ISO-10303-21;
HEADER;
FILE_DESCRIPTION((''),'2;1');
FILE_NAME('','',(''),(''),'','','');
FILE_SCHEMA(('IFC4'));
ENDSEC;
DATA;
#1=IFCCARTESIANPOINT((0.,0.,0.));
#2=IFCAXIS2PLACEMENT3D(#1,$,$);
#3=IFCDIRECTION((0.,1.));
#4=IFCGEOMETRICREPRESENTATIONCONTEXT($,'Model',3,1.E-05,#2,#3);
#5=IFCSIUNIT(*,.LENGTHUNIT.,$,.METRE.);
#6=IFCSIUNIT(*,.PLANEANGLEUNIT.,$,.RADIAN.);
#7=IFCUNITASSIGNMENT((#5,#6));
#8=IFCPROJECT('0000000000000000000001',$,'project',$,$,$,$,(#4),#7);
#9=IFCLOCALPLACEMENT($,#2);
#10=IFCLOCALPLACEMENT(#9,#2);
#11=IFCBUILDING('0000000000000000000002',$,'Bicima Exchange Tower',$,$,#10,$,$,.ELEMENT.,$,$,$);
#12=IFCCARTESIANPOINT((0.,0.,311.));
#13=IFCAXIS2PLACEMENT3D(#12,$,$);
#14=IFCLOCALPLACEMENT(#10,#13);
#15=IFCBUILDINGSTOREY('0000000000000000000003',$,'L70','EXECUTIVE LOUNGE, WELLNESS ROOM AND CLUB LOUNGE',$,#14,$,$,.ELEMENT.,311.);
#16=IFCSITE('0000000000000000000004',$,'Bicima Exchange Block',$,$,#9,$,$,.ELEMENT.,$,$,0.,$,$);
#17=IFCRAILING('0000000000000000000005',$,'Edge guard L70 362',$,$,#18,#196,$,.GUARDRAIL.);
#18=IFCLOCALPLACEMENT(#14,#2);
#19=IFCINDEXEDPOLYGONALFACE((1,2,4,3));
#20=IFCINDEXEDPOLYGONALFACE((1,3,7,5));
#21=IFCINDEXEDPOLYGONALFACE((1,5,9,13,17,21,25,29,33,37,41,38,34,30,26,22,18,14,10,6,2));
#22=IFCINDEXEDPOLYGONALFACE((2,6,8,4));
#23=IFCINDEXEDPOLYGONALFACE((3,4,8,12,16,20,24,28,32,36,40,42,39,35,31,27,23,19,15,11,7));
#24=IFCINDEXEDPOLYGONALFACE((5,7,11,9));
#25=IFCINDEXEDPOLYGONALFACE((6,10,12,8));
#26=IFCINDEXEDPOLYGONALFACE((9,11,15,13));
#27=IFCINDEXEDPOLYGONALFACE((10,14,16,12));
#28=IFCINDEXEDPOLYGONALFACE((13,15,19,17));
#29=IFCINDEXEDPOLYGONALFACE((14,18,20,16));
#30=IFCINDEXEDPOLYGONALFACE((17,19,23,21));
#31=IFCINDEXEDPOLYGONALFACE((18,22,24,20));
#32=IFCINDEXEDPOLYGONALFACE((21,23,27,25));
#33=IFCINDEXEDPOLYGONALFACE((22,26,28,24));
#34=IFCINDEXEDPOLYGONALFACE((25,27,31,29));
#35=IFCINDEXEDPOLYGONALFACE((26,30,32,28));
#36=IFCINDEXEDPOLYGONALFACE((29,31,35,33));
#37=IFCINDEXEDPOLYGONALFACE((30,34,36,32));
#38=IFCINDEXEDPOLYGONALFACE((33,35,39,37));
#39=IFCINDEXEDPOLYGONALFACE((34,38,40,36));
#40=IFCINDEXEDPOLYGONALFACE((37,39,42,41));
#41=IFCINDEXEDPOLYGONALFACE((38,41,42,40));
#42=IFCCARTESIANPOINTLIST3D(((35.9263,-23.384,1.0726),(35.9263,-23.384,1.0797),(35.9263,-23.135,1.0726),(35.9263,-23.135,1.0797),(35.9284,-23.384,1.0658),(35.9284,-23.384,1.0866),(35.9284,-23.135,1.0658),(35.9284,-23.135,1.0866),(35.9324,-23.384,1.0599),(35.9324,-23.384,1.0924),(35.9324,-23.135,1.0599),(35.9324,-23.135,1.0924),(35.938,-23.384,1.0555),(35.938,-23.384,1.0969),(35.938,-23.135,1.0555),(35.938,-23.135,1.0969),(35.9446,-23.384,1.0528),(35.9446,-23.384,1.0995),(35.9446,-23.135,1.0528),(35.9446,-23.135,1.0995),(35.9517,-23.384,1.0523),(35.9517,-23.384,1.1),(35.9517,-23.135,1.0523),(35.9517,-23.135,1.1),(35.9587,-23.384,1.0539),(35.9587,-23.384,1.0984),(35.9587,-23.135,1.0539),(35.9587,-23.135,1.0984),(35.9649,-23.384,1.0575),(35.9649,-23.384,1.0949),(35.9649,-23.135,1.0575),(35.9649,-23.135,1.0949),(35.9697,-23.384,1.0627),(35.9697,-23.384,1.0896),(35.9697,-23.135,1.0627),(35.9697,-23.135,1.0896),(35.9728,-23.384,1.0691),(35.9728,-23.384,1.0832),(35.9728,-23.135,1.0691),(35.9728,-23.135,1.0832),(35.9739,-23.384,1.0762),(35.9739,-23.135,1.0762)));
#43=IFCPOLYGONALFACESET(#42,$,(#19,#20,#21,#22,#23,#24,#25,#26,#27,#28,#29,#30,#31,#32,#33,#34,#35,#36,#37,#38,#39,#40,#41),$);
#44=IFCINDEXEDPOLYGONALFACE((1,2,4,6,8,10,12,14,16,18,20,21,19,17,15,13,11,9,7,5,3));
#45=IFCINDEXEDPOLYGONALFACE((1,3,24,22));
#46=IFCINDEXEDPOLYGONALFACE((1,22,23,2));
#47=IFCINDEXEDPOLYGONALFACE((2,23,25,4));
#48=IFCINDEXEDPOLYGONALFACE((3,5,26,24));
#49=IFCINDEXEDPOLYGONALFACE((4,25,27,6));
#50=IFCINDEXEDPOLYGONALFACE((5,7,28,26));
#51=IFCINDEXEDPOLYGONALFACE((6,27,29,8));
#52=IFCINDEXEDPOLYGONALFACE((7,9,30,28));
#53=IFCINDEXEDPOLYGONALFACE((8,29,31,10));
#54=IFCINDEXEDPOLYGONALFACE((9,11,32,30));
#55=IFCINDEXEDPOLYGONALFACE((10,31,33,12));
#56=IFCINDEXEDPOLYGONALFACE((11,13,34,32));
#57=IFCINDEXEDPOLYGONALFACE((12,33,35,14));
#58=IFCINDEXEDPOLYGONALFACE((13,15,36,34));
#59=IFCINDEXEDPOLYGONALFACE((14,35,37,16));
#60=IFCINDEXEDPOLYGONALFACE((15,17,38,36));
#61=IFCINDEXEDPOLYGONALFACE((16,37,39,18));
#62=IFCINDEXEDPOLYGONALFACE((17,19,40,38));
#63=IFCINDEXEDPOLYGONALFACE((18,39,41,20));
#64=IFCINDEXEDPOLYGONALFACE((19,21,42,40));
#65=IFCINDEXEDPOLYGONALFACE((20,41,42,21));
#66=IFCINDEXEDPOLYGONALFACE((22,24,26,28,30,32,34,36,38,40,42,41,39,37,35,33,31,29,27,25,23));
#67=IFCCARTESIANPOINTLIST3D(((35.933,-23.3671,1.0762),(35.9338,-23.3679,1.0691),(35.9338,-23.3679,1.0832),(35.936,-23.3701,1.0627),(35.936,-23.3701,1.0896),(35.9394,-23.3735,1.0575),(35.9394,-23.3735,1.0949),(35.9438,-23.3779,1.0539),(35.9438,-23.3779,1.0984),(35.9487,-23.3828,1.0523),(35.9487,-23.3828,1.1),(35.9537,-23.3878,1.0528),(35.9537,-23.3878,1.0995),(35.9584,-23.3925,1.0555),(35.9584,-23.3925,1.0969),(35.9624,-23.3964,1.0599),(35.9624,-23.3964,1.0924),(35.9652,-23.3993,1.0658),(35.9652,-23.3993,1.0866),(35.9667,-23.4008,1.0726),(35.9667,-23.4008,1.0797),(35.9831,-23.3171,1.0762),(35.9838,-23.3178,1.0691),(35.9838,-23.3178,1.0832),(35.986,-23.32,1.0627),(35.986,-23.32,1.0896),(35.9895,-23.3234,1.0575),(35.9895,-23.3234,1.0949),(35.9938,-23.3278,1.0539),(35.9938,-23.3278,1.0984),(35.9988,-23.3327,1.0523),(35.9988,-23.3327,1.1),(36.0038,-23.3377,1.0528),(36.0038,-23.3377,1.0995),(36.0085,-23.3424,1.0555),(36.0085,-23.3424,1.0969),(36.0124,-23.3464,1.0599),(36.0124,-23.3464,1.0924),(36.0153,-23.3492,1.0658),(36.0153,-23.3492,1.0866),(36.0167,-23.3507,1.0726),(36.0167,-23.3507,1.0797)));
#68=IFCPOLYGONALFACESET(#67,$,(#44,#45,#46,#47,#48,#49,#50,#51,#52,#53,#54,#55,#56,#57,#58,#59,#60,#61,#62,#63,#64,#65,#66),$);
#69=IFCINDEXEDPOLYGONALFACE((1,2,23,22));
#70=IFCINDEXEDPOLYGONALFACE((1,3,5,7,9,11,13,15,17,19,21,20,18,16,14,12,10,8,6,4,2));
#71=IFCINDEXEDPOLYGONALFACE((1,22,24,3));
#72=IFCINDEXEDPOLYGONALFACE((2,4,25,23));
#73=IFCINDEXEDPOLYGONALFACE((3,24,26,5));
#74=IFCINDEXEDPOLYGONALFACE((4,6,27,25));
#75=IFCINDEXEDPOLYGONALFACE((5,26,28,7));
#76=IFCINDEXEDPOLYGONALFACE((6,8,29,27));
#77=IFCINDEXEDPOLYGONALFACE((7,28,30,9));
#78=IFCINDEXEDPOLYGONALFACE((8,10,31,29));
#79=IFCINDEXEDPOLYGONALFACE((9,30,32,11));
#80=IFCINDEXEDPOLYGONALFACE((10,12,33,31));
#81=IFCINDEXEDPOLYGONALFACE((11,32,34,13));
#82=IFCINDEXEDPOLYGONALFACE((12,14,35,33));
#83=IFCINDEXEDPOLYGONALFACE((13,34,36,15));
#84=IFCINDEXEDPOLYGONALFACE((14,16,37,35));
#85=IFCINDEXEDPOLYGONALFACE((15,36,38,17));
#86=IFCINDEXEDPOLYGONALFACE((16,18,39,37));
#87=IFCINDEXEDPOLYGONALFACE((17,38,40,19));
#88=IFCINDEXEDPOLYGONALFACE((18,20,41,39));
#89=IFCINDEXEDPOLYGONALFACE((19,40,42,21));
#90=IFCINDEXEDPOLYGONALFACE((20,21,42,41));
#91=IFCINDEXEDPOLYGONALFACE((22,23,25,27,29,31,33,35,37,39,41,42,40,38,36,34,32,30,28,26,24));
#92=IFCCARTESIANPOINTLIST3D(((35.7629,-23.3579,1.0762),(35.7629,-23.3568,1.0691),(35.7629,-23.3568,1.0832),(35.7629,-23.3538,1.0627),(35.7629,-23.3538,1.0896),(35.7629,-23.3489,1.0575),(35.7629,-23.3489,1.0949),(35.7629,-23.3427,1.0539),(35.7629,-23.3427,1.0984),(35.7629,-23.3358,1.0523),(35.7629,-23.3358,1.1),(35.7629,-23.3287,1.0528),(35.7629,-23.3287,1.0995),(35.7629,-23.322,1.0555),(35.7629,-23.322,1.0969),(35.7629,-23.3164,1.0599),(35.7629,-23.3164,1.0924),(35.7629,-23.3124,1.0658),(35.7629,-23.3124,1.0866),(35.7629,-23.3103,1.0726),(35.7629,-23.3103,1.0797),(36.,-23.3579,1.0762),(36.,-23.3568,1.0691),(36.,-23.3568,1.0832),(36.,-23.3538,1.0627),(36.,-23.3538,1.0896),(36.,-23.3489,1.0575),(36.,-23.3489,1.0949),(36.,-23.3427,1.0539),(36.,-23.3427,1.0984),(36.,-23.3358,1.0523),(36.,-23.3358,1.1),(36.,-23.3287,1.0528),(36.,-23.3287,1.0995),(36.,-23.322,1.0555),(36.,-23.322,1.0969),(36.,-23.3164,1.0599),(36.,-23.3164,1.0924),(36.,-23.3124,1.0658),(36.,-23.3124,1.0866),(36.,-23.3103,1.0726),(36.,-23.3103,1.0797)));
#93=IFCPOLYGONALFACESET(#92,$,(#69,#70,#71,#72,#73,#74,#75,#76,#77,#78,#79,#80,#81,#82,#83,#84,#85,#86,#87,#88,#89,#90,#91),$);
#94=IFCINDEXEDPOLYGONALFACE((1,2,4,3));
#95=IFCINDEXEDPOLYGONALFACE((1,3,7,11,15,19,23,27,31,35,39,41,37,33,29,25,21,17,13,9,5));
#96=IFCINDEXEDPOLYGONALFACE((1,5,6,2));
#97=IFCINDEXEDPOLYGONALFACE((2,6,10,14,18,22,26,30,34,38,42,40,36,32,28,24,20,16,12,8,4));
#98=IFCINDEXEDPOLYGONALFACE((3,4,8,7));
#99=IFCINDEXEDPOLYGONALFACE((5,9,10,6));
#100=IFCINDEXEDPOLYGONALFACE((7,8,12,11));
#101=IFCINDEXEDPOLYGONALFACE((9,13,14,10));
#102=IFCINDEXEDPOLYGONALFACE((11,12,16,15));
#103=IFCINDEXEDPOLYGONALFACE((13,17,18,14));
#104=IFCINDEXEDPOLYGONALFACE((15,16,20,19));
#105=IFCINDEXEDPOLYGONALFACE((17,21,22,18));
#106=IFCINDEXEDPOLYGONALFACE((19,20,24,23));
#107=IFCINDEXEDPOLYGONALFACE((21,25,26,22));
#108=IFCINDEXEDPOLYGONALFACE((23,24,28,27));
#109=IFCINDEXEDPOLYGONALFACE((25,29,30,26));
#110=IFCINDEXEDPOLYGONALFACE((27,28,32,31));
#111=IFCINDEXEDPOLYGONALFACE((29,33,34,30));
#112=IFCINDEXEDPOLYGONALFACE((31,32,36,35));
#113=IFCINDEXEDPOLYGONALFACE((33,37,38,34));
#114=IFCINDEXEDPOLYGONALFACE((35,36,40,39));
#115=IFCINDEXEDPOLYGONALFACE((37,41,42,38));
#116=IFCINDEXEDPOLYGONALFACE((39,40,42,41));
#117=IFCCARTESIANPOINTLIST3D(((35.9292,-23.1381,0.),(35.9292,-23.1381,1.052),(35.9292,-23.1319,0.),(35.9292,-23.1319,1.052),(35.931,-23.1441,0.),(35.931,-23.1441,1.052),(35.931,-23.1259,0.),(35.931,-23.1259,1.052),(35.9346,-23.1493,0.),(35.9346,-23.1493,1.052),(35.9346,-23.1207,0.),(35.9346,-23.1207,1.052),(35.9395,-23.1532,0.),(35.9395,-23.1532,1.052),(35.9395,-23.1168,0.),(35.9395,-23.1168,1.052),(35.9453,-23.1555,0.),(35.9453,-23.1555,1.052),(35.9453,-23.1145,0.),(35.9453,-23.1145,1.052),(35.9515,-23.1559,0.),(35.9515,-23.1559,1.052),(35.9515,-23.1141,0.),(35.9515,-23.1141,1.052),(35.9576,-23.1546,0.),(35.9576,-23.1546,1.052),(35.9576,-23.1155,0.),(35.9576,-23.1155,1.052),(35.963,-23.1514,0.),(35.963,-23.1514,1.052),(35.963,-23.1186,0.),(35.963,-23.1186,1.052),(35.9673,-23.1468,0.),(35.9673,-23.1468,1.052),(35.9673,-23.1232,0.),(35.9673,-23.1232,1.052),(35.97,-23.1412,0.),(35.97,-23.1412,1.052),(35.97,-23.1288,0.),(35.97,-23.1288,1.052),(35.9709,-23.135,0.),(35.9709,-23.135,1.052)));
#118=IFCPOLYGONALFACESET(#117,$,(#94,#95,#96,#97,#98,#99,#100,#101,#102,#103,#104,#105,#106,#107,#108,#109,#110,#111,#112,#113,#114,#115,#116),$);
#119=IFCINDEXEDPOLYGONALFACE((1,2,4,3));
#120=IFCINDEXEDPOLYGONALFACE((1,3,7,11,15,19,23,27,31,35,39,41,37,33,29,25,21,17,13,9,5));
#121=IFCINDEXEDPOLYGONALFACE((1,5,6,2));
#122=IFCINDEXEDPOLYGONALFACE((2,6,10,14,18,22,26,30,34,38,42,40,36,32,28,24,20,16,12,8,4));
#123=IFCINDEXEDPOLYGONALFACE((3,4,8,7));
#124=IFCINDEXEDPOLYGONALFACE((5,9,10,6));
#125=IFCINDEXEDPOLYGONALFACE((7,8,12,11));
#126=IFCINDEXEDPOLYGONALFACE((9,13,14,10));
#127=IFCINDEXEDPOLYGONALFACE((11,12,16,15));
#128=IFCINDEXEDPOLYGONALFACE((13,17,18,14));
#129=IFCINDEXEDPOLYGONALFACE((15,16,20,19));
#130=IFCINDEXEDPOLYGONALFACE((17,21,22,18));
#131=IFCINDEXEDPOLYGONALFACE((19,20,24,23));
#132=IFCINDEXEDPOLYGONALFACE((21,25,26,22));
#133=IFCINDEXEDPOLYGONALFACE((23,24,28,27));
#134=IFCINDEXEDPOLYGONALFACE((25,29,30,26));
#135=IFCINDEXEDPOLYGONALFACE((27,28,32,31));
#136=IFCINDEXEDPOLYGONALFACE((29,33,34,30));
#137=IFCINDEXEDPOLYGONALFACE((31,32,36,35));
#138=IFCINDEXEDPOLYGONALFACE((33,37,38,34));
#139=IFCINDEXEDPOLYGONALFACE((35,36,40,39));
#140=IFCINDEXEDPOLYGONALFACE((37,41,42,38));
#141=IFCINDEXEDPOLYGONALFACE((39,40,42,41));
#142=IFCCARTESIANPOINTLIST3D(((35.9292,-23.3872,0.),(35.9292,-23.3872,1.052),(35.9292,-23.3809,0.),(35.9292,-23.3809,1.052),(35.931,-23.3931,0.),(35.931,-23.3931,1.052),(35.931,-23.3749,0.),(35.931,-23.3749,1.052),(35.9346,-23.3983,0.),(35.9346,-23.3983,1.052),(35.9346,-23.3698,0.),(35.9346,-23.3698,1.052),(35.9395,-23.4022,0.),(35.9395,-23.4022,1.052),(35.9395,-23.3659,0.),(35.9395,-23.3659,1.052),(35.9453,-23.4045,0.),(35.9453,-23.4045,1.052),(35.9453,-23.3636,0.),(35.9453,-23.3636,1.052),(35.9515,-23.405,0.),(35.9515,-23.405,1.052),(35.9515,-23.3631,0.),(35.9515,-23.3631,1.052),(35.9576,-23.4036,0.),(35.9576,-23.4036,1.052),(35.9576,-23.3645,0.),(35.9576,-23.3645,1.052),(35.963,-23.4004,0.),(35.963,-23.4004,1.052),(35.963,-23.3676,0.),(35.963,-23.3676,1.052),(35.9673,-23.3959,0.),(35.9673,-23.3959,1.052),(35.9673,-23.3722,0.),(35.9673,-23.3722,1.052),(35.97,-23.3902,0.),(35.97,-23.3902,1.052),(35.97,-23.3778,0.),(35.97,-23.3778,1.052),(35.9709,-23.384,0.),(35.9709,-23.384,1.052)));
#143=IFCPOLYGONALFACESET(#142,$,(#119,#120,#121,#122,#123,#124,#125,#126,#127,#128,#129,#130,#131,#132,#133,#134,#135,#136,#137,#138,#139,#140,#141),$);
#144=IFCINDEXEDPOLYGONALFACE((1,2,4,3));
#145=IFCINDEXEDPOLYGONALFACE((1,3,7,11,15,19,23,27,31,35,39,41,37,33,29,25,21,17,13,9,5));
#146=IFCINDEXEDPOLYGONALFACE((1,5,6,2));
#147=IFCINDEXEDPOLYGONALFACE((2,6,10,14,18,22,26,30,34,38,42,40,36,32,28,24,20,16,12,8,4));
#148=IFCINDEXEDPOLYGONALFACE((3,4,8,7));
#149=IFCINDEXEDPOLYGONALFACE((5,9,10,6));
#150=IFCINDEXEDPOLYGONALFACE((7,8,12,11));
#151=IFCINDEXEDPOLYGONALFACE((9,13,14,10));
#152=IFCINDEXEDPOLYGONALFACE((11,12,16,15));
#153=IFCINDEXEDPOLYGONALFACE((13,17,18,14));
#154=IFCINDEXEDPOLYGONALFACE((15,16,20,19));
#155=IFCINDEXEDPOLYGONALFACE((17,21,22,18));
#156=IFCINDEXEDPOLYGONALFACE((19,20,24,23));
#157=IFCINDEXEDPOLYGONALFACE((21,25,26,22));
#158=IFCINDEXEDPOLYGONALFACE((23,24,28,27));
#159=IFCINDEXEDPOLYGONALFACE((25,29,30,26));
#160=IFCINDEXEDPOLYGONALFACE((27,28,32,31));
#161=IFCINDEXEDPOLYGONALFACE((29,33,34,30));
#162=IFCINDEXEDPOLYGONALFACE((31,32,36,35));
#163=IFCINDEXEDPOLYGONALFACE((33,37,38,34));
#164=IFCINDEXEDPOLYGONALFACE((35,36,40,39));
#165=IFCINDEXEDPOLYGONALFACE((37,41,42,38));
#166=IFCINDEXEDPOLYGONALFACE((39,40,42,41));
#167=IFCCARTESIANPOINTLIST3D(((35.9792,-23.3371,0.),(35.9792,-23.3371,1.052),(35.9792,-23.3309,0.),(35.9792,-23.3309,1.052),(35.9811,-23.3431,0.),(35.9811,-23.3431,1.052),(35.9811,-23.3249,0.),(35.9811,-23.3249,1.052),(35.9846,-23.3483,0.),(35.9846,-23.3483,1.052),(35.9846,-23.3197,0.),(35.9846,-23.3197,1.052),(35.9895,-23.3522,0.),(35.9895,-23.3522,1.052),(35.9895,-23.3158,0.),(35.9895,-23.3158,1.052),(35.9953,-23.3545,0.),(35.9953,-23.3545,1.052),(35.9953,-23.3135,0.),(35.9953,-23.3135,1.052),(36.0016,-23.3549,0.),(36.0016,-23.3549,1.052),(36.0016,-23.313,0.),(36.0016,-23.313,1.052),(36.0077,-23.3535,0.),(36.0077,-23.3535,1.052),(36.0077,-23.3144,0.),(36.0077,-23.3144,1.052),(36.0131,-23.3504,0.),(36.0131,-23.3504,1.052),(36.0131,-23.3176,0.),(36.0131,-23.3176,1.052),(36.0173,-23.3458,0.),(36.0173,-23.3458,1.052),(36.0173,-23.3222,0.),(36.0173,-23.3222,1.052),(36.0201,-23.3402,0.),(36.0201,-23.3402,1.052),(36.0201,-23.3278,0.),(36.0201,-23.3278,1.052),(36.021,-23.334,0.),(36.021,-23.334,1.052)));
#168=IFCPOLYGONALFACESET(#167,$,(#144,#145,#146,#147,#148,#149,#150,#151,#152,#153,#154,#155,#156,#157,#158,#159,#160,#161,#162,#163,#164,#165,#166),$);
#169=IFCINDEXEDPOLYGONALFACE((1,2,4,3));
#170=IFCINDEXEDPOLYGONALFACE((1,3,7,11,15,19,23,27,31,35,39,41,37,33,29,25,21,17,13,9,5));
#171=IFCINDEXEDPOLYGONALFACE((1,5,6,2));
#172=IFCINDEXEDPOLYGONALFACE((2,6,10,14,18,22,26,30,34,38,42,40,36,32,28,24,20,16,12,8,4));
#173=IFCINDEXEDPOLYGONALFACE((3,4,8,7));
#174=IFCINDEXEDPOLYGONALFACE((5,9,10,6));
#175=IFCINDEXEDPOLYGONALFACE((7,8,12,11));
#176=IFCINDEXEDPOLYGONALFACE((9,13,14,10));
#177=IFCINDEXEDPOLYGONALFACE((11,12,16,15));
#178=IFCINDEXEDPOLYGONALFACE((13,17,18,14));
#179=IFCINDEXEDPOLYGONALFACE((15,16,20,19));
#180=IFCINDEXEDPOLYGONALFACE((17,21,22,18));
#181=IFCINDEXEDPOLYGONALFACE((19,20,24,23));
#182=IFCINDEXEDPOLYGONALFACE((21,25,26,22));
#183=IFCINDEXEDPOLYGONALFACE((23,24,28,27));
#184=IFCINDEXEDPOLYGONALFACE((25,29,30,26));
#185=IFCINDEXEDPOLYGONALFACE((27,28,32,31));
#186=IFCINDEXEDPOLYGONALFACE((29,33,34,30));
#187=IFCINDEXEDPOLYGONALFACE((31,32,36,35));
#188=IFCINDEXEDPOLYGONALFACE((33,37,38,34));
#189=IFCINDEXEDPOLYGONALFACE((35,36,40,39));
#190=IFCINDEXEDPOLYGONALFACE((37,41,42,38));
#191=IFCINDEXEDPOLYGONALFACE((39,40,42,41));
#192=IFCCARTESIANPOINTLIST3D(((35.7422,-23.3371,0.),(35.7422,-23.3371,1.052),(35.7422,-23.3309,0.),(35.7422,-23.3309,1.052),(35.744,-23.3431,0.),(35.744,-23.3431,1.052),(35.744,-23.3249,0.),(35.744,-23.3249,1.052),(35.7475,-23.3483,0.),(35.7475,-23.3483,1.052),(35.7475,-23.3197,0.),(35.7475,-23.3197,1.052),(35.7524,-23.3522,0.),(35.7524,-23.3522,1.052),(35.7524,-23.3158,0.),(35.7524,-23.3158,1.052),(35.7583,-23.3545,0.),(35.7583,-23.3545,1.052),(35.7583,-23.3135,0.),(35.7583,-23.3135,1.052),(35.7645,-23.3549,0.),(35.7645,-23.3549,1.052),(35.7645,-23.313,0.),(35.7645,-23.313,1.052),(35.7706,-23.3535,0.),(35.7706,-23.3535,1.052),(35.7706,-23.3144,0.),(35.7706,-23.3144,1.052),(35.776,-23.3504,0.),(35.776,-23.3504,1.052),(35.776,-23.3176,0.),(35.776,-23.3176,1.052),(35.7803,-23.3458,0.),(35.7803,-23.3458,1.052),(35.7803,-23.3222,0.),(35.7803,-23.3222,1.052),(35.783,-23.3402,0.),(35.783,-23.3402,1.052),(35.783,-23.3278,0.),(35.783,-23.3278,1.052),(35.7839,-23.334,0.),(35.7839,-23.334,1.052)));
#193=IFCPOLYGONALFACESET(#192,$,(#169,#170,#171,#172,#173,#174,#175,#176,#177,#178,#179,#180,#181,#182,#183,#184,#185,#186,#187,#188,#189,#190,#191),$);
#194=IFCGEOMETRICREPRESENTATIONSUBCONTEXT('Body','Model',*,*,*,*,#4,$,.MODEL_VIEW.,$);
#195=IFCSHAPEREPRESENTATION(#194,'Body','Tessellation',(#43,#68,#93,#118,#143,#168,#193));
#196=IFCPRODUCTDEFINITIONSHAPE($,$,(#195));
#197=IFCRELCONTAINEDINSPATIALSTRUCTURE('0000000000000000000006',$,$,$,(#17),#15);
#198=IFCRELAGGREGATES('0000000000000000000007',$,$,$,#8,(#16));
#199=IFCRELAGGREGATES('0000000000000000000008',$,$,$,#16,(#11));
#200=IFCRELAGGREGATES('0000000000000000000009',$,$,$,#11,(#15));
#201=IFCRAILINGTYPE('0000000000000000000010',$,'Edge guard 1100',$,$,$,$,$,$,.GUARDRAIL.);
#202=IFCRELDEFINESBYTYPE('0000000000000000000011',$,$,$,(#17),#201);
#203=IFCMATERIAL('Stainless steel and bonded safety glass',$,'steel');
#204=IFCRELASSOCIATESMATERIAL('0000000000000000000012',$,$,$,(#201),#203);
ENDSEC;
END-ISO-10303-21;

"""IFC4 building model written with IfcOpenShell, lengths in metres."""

from ifc_helpers import new_model, si_unit, direction, frame, origin, origin_2d, place, context, subcontext, project, spatial, circle, extrude, material, type_object, element, save


model = new_model("IFC4")

# Units and contexts
model_context = context("Model", 3, precision=1e-05, world=origin(), true_north=direction((0.0, 1.0)))
body_context = subcontext(model_context, "Body", "Model", "MODEL_VIEW")
ifc_project = project(units=[si_unit("LENGTHUNIT", "METRE"), si_unit("PLANEANGLEUNIT", "RADIAN")], contexts=[model_context])

# Site, building, storey
site_placement = place(None, origin())
site = spatial("IfcSite", under=ifc_project, at=site_placement, Name="Bicima Exchange Block", CompositionType="ELEMENT", RefElevation=0.0)
building_placement = place(site_placement, origin())
building = spatial("IfcBuilding", under=site, at=building_placement, Name="Bicima Exchange Tower", CompositionType="ELEMENT")
storey_placement = place(building_placement, frame((0.0, 0.0, 311.0)))
storey = spatial("IfcBuildingStorey", under=building, at=storey_placement, Name="L70", Description="EXECUTIVE LOUNGE, WELLNESS ROOM AND CLUB LOUNGE", CompositionType="ELEMENT", Elevation=311.0)

# Railing
ifc_material_1 = material(Name="Stainless steel and bonded safety glass", Category="steel")
railing_type = type_object("IfcRailingType", Name="Edge guard 1100", PredefinedType="GUARDRAIL", material=ifc_material_1)
railing_1_placement = place(storey_placement, frame((35.95, -23.135, 0.0)))
element("IfcRailing", 1, at=railing_1_placement, inside=storey, type_object=railing_type, Name="Edge guard L70 362", PredefinedType="GUARDRAIL", context=body_context, shape_type="SweptSolid", body=[
    extrude(circle(Radius=0.0239, at=origin_2d()), frame((0.0, 0.0, 1.0762), z_axis=(0.0, -1.0, 0.0), x_axis=(1.0, 0.0, 0.0)), (0.0, 0.0, 1.0), 0.249),
    extrude(circle(Radius=0.0239, at=origin_2d()), frame((0.0, -0.249, 1.0762), z_axis=(0.707107, 0.707107, 0.0), x_axis=(-0.707107, 0.707107, 0.0)), (0.0, 0.0, 1.0), 0.0708),
    extrude(circle(Radius=0.0239, at=origin_2d()), frame((0.05, -0.199, 1.0762), z_axis=(-1.0, 0.0, 0.0), x_axis=(0.0, -1.0, 0.0)), (0.0, 0.0, 1.0), 0.2371),
    extrude(circle(Radius=0.021, at=origin_2d()), origin(), (0.0, 0.0, 1.0), 1.052),
    extrude(circle(Radius=0.021, at=origin_2d()), frame((0.0, -0.249, 0.0)), (0.0, 0.0, 1.0), 1.052),
    extrude(circle(Radius=0.021, at=origin_2d()), frame((0.05, -0.199, 0.0)), (0.0, 0.0, 1.0), 1.052),
    extrude(circle(Radius=0.021, at=origin_2d()), frame((-0.187, -0.199, 0.0)), (0.0, 0.0, 1.0), 1.052),
])

save(model, "model.ifc")
